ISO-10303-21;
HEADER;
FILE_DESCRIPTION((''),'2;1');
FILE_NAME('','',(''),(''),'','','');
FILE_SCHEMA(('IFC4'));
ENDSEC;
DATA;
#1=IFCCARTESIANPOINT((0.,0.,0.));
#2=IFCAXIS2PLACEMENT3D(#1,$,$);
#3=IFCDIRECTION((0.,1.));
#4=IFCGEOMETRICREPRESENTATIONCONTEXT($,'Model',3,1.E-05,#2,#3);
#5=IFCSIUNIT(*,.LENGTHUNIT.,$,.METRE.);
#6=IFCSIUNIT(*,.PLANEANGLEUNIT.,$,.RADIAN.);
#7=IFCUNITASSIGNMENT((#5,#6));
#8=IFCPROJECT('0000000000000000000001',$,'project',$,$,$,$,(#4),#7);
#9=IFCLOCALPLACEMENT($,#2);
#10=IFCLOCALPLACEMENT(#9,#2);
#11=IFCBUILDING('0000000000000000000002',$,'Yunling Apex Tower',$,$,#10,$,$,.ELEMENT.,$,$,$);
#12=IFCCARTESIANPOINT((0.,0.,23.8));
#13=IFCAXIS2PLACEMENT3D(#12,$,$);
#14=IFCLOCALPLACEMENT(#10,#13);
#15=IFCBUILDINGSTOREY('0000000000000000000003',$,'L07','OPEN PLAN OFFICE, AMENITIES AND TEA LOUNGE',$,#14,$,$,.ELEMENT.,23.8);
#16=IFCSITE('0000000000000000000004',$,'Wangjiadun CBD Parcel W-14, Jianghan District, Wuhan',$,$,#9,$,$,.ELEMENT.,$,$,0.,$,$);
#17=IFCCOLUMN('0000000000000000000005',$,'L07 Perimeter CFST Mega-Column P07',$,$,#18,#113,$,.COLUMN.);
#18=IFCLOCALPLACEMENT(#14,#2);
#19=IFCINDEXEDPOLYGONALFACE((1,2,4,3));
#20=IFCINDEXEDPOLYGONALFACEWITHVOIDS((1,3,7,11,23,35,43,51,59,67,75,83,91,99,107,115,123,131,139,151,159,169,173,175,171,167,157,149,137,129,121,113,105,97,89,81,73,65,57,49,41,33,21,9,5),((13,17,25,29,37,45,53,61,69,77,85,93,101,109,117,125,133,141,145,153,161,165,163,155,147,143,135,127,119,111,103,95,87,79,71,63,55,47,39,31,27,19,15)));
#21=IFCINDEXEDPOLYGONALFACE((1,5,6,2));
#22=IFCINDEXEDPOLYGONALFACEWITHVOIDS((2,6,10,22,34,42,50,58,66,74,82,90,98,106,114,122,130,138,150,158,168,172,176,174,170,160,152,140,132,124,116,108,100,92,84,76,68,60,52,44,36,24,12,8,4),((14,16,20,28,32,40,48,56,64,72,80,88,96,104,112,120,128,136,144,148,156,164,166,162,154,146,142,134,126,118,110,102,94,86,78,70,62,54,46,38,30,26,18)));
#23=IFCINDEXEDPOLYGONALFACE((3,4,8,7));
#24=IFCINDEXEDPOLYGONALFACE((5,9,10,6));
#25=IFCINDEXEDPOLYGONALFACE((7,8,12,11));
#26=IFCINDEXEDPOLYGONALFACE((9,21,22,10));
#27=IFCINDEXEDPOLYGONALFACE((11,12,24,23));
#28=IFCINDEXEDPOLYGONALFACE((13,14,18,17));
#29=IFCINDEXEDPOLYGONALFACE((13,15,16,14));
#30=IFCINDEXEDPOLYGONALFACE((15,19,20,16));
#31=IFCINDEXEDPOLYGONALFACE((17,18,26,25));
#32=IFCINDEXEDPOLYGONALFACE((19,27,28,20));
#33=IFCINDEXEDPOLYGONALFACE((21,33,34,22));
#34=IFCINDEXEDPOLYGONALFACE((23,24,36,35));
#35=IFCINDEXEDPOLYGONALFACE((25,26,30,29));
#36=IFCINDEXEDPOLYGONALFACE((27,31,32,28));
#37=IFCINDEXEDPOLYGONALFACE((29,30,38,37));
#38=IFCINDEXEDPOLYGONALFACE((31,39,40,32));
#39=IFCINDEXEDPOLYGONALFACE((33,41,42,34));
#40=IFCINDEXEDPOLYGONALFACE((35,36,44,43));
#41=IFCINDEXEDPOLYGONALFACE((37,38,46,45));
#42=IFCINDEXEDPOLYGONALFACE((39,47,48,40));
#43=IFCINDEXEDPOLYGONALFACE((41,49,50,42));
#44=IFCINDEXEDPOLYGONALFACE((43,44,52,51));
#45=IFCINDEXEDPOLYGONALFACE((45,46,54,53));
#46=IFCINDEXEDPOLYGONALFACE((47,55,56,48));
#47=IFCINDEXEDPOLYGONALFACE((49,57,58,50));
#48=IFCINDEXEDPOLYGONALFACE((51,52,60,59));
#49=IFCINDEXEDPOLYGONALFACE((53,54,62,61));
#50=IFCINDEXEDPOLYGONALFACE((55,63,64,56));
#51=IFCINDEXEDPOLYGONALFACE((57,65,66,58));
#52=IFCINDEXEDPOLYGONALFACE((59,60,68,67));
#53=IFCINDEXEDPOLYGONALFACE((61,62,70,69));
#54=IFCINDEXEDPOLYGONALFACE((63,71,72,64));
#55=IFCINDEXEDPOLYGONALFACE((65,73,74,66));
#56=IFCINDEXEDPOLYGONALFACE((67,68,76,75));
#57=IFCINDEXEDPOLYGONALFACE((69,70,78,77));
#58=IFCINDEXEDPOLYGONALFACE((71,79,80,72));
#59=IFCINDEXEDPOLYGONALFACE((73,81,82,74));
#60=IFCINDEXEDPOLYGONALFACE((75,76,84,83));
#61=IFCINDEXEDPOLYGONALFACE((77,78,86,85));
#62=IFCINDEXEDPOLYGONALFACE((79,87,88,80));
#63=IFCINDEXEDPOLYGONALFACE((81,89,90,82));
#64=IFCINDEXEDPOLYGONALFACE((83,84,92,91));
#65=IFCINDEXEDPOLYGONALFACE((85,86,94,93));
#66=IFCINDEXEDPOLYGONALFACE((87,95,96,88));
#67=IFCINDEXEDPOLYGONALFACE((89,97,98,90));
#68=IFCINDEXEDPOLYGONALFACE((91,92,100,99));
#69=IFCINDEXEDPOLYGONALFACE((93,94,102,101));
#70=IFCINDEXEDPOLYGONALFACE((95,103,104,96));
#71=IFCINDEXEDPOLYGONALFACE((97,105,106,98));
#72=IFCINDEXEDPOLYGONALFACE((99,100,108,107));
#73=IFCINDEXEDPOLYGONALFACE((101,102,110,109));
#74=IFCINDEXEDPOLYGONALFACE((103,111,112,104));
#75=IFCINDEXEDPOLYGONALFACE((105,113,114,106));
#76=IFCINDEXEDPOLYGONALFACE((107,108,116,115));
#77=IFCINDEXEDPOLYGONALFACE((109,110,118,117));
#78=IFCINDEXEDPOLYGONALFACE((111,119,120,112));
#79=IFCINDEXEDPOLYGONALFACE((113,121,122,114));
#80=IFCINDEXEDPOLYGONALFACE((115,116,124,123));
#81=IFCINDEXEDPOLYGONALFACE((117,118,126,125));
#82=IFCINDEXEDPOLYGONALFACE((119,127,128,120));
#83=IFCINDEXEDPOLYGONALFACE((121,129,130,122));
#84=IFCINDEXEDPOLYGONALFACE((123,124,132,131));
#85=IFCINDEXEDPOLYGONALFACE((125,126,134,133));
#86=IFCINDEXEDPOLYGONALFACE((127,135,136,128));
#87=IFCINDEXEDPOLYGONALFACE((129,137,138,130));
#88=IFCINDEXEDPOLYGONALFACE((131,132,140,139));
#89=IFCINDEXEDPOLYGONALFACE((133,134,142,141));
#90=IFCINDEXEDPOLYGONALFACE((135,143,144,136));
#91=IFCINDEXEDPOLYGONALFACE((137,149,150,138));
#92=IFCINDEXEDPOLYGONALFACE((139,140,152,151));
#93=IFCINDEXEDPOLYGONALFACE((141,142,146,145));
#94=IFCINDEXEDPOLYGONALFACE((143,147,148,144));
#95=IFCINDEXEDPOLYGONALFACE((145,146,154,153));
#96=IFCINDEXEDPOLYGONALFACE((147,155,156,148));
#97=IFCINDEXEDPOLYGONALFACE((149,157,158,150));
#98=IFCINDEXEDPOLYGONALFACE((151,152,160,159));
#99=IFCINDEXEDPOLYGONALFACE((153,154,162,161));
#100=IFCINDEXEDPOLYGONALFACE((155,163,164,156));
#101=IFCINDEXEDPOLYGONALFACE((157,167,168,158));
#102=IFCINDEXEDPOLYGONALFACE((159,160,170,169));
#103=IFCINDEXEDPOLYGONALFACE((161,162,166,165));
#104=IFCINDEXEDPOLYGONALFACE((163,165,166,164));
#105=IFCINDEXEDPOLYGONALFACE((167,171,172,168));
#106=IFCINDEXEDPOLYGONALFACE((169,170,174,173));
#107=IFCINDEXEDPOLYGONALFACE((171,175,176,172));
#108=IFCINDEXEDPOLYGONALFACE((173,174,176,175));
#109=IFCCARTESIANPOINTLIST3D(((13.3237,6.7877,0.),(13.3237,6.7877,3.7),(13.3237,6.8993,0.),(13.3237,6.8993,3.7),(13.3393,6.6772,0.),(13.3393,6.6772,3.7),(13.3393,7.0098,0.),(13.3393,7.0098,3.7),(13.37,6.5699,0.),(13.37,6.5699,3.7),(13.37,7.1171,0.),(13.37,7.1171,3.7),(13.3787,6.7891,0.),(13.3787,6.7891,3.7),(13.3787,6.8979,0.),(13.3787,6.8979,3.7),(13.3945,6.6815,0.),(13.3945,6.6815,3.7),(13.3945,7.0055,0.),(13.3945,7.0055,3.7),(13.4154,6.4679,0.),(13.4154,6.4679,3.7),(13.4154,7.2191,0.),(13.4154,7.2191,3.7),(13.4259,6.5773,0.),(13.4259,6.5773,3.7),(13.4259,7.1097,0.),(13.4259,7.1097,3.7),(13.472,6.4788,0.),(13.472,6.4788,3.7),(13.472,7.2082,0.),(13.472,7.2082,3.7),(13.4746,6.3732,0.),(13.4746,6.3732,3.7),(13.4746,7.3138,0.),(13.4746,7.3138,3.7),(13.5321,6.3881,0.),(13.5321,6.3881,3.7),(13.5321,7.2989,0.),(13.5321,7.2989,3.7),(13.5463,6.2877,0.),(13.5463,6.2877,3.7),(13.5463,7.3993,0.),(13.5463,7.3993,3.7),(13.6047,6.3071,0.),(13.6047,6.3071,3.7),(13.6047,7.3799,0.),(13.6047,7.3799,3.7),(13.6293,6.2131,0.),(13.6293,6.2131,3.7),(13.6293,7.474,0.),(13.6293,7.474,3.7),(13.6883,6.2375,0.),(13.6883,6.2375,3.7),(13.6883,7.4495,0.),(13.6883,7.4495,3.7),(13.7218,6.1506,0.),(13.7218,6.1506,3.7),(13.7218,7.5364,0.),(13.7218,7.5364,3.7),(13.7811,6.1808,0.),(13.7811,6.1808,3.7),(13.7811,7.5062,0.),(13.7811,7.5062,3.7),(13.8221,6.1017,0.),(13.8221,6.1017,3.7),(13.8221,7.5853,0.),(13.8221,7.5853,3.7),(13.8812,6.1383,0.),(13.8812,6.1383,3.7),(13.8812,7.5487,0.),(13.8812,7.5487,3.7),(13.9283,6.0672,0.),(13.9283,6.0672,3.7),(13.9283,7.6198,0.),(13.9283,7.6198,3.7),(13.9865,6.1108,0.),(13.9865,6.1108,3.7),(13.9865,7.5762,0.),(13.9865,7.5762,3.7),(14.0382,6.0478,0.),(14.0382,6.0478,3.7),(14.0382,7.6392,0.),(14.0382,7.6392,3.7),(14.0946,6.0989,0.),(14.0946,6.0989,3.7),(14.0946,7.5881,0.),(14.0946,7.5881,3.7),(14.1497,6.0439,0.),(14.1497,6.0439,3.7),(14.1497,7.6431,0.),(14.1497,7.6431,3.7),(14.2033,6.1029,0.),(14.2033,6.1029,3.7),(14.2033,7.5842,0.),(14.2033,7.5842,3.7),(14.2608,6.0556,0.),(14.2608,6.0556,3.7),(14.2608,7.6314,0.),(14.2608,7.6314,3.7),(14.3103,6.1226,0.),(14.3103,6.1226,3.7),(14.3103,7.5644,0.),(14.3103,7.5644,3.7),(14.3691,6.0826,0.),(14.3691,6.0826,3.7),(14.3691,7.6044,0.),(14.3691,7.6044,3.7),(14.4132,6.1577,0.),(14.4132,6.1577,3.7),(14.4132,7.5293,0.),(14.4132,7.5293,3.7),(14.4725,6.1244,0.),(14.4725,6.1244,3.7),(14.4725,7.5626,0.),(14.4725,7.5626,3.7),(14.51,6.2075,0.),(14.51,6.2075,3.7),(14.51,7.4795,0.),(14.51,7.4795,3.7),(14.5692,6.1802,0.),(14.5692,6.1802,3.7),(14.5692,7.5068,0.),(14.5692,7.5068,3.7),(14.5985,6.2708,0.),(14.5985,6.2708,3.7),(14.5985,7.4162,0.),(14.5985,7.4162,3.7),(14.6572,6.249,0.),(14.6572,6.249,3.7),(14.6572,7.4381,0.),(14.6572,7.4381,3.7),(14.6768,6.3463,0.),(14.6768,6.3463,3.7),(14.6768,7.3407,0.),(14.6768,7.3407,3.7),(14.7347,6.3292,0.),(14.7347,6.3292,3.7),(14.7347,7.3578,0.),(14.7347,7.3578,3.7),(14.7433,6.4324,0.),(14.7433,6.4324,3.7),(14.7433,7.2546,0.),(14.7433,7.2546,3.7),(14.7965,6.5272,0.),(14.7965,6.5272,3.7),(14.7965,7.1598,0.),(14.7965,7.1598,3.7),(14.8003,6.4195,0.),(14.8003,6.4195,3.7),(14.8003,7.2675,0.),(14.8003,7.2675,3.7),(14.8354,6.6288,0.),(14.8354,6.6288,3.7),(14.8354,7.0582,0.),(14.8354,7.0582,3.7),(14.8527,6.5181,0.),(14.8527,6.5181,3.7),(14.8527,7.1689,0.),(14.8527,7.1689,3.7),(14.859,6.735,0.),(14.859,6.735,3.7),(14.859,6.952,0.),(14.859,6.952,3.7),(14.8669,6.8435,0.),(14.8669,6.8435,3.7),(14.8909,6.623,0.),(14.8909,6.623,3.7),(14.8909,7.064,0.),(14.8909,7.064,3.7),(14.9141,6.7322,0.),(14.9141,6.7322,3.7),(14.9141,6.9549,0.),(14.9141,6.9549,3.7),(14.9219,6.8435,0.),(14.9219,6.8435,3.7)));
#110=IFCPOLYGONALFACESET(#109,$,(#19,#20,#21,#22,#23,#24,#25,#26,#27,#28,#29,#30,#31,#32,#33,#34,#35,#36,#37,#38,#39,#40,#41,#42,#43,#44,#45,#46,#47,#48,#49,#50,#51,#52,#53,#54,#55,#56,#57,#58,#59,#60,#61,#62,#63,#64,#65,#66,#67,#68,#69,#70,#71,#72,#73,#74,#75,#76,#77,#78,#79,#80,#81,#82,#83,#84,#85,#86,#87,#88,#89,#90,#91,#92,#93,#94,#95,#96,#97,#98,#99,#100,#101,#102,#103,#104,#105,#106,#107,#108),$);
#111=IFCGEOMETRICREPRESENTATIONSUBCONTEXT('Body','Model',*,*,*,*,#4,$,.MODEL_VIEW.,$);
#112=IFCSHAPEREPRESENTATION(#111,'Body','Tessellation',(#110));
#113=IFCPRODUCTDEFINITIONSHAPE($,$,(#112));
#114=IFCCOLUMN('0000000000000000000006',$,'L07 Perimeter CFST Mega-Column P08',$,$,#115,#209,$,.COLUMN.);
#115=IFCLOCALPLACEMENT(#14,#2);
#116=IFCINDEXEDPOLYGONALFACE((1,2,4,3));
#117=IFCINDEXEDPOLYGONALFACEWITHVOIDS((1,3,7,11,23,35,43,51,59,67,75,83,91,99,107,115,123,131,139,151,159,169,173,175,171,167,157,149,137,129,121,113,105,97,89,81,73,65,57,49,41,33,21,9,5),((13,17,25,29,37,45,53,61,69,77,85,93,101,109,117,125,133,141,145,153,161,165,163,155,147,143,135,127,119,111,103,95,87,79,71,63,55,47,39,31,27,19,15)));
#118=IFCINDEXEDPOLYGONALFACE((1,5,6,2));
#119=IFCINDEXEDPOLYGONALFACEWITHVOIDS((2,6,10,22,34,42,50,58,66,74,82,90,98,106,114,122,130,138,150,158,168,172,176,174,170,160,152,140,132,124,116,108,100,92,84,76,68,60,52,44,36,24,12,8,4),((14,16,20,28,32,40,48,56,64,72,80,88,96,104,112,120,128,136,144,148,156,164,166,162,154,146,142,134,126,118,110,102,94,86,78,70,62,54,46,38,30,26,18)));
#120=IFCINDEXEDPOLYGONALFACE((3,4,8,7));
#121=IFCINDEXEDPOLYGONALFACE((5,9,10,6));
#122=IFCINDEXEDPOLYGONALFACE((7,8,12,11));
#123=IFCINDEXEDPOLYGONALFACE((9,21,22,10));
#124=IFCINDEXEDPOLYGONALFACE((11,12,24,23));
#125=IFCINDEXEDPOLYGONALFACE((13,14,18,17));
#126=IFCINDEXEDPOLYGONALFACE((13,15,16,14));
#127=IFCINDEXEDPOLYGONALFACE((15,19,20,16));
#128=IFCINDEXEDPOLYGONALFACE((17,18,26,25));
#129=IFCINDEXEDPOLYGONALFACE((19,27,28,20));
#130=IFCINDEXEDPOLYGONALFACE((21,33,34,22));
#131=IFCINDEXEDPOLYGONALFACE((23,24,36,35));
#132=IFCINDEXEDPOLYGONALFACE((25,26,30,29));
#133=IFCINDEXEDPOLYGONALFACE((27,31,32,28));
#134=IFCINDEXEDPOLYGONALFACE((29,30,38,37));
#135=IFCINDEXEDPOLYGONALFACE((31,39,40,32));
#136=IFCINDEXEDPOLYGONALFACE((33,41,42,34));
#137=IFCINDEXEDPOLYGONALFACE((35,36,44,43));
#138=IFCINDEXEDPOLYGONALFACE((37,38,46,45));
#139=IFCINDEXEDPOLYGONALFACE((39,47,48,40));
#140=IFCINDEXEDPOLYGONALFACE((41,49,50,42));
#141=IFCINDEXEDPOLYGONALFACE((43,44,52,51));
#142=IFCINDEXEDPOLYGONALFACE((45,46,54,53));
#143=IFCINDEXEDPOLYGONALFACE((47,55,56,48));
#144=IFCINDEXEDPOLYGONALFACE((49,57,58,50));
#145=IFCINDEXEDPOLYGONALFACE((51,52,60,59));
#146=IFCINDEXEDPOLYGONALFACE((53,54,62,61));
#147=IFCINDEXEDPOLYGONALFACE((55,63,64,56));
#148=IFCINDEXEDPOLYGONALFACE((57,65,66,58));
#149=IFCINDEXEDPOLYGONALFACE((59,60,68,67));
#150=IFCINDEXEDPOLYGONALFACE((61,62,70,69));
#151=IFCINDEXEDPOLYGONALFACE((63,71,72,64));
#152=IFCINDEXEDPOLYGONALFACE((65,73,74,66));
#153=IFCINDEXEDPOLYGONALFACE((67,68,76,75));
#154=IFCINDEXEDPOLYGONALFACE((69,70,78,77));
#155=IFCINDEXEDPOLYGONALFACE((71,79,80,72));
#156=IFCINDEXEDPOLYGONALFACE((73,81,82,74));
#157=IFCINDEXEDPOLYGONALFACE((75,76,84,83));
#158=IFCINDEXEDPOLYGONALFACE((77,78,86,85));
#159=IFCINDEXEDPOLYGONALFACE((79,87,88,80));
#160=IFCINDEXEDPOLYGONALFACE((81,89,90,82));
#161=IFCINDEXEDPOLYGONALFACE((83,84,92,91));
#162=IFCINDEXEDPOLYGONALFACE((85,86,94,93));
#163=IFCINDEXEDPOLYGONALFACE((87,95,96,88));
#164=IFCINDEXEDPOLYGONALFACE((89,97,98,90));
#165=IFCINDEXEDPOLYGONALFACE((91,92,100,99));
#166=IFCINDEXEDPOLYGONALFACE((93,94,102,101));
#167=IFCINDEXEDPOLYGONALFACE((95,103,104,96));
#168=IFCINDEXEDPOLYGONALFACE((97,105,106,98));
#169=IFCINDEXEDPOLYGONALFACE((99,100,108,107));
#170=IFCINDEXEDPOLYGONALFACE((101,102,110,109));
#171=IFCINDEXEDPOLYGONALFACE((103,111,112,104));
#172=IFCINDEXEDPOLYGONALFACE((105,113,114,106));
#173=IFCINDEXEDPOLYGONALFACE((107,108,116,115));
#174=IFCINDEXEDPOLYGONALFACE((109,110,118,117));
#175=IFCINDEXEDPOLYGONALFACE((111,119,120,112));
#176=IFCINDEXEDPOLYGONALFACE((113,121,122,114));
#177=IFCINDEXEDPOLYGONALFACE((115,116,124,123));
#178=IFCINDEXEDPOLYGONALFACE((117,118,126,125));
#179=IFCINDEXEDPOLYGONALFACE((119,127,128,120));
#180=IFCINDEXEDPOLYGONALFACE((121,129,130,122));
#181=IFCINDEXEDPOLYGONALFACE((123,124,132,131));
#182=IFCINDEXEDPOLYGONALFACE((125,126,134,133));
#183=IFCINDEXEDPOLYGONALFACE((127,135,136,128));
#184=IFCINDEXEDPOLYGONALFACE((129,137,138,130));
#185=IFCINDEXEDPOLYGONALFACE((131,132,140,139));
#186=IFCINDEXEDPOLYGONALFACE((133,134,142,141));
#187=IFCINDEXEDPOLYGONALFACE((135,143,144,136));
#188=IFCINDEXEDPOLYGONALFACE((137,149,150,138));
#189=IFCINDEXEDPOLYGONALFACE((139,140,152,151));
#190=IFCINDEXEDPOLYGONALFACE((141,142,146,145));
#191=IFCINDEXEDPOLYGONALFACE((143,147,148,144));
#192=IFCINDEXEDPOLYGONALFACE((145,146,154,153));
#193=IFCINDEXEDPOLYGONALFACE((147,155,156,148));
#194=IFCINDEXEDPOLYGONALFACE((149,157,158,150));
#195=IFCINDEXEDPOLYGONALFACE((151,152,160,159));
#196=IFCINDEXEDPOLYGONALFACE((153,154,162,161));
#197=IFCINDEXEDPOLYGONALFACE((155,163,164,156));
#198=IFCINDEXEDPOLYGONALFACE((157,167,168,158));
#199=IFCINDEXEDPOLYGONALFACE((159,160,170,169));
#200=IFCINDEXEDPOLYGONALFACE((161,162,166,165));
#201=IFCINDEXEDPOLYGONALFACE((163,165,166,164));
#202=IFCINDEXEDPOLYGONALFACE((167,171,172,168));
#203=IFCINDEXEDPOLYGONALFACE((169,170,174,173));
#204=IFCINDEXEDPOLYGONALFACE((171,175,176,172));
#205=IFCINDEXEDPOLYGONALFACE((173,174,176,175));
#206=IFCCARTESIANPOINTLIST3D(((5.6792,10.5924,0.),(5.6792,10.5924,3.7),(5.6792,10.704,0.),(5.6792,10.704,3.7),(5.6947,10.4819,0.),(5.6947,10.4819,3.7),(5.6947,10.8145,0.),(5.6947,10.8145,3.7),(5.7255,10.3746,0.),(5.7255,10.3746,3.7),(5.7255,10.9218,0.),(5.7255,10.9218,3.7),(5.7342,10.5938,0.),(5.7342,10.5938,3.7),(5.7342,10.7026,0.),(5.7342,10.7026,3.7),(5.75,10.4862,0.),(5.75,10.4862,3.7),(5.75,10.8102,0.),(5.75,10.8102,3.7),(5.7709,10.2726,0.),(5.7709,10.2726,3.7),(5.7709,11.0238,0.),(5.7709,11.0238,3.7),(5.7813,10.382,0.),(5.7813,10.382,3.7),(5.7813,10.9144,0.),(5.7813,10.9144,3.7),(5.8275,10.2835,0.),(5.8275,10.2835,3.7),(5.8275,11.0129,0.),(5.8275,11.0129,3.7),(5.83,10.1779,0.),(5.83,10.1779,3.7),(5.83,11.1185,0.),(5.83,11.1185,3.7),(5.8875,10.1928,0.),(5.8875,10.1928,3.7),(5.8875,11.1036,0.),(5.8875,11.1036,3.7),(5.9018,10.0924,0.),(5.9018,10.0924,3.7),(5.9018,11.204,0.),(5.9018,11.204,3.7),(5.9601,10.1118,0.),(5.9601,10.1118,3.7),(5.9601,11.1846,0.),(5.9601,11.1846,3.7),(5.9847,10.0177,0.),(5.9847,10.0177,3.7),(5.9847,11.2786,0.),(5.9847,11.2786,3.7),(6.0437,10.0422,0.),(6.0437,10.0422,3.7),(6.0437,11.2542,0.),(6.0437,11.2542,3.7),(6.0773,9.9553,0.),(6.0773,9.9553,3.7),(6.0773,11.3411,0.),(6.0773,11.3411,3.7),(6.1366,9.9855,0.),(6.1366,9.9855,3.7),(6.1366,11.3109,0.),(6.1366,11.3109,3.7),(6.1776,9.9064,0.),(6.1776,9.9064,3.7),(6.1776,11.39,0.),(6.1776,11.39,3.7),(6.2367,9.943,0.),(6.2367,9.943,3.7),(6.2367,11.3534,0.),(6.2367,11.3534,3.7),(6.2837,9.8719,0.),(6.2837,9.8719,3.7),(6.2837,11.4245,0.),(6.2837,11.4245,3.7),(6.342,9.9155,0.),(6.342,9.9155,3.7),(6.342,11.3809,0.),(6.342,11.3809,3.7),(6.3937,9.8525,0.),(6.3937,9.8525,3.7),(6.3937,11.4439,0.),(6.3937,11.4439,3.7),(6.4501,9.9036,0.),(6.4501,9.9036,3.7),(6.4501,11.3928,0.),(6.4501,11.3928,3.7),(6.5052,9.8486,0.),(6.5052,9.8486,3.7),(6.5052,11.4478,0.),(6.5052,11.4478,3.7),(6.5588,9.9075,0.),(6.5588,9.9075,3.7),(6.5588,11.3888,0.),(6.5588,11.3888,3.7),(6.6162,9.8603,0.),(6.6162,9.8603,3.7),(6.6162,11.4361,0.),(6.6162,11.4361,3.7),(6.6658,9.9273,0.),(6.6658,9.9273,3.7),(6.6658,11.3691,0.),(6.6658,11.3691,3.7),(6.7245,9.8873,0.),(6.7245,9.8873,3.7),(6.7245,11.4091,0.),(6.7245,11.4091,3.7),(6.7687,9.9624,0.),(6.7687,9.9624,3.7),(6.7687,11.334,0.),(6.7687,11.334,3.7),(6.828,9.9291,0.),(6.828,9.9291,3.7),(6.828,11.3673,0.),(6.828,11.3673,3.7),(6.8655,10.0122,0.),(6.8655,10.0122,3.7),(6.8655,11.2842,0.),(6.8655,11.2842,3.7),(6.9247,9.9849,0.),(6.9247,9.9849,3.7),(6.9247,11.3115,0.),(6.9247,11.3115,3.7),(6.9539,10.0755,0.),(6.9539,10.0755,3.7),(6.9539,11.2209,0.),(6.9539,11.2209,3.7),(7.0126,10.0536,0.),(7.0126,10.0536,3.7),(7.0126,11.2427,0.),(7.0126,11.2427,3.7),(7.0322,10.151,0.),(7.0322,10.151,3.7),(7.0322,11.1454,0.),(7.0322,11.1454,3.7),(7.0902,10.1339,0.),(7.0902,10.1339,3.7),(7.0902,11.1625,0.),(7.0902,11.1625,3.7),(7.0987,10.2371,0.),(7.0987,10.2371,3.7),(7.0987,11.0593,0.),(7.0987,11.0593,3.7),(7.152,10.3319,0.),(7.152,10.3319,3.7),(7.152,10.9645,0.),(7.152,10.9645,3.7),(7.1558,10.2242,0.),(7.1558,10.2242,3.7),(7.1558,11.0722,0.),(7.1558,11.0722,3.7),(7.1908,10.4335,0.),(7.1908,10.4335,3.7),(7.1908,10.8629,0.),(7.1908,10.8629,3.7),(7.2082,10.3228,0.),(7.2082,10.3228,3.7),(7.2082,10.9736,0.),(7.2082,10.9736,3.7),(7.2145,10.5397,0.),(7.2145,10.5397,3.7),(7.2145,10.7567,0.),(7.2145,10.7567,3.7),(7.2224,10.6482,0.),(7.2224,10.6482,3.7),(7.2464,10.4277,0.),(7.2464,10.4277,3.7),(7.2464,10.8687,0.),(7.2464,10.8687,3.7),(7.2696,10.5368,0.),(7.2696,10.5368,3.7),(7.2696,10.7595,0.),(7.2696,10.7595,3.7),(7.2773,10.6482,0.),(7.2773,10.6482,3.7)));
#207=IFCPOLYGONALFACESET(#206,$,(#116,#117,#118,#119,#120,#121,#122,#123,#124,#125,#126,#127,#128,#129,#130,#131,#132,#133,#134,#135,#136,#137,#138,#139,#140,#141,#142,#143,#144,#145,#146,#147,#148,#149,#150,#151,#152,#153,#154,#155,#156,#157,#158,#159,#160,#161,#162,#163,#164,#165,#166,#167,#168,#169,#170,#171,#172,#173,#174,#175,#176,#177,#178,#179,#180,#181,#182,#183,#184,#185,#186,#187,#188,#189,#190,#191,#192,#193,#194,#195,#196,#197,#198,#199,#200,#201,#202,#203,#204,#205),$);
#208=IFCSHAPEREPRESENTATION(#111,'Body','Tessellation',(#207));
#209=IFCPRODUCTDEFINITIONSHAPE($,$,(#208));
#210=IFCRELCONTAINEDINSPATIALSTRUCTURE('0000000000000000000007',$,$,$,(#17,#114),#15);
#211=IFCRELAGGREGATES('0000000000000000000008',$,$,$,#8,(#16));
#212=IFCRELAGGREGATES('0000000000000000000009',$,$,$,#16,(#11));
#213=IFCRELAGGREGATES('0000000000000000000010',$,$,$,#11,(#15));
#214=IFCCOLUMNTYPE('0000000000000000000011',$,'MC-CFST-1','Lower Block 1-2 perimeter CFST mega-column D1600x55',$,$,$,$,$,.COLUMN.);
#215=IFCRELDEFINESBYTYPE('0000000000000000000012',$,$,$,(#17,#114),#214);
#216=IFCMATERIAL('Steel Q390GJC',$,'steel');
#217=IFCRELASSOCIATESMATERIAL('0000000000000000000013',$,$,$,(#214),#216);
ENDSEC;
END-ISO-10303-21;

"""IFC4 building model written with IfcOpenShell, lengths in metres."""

from ifc_helpers import new_model, si_unit, direction, frame, origin, origin_2d, place, context, subcontext, project, spatial, hollow_circle, extrude, source, transform, mapped, material, material_profile, profile_set, type_object, element, save


model = new_model("IFC4")

# Units and contexts
model_context = context("Model", 3, precision=1e-05, world=origin(), true_north=direction((0.0, 1.0)))
body_context = subcontext(model_context, "Body", "Model", "MODEL_VIEW")
ifc_project = project(units=[si_unit("LENGTHUNIT", "METRE"), si_unit("PLANEANGLEUNIT", "RADIAN")], contexts=[model_context])

# Site, building, storey
site_placement = place(None, origin())
site = spatial("IfcSite", under=ifc_project, at=site_placement, Name="Wangjiadun CBD Parcel W-14, Jianghan District, Wuhan", CompositionType="ELEMENT", RefElevation=0.0)
building_placement = place(site_placement, origin())
building = spatial("IfcBuilding", under=site, at=building_placement, Name="Yunling Apex Tower", CompositionType="ELEMENT")
storey_placement = place(building_placement, frame((0.0, 0.0, 23.8)))
storey = spatial("IfcBuildingStorey", under=building, at=storey_placement, Name="L07", Description="OPEN PLAN OFFICE, AMENITIES AND TEA LOUNGE", CompositionType="ELEMENT", Elevation=23.8)

# Columns
ifc_material_1 = material(Name="Steel Q390GJC", Category="steel")
ifc_material_profile_1 = material_profile(ifc_material_1, hollow_circle(Radius=0.8, WallThickness=0.0549, at=origin_2d()))
ifc_profile_set_1 = profile_set([ifc_material_profile_1], Name="Steel Q390GJC")
column_type_1 = type_object("IfcColumnType", Name="MC-CFST-1", Description="Lower Block 1-2 perimeter CFST mega-column D1600x55", PredefinedType="COLUMN", material=ifc_profile_set_1)
shared_shape_1 = source(origin(), body_context, "Body", "SweptSolid", [
    extrude(hollow_circle(Radius=0.8, WallThickness=0.0549, at=origin_2d()), origin(), (0.0, 0.0, 1.0), 3.7),
])
for number, where, z_axis, x_axis, name in (
    (1, (14.1218, 6.8435, 0.0), (0.0, 0.0, 1.0), (1.0, 0.0, 0.0), "L07 Perimeter CFST Mega-Column P07"),
    (2, (6.4773, 10.6482, 0.0), (0.0, 0.0, 1.0), (1.0, 0.0, 0.0), "L07 Perimeter CFST Mega-Column P08"),
):
    element("IfcColumn", number, at=place(storey_placement, frame(where, z_axis=z_axis, x_axis=x_axis)), inside=storey, type_object=column_type_1, Name=name, PredefinedType="COLUMN", context=body_context, shape_type="MappedRepresentation", body=[
        mapped(shared_shape_1, transform((0.0, 0.0, 0.0), scale=1.0)),
    ])

save(model, "model.ifc")
